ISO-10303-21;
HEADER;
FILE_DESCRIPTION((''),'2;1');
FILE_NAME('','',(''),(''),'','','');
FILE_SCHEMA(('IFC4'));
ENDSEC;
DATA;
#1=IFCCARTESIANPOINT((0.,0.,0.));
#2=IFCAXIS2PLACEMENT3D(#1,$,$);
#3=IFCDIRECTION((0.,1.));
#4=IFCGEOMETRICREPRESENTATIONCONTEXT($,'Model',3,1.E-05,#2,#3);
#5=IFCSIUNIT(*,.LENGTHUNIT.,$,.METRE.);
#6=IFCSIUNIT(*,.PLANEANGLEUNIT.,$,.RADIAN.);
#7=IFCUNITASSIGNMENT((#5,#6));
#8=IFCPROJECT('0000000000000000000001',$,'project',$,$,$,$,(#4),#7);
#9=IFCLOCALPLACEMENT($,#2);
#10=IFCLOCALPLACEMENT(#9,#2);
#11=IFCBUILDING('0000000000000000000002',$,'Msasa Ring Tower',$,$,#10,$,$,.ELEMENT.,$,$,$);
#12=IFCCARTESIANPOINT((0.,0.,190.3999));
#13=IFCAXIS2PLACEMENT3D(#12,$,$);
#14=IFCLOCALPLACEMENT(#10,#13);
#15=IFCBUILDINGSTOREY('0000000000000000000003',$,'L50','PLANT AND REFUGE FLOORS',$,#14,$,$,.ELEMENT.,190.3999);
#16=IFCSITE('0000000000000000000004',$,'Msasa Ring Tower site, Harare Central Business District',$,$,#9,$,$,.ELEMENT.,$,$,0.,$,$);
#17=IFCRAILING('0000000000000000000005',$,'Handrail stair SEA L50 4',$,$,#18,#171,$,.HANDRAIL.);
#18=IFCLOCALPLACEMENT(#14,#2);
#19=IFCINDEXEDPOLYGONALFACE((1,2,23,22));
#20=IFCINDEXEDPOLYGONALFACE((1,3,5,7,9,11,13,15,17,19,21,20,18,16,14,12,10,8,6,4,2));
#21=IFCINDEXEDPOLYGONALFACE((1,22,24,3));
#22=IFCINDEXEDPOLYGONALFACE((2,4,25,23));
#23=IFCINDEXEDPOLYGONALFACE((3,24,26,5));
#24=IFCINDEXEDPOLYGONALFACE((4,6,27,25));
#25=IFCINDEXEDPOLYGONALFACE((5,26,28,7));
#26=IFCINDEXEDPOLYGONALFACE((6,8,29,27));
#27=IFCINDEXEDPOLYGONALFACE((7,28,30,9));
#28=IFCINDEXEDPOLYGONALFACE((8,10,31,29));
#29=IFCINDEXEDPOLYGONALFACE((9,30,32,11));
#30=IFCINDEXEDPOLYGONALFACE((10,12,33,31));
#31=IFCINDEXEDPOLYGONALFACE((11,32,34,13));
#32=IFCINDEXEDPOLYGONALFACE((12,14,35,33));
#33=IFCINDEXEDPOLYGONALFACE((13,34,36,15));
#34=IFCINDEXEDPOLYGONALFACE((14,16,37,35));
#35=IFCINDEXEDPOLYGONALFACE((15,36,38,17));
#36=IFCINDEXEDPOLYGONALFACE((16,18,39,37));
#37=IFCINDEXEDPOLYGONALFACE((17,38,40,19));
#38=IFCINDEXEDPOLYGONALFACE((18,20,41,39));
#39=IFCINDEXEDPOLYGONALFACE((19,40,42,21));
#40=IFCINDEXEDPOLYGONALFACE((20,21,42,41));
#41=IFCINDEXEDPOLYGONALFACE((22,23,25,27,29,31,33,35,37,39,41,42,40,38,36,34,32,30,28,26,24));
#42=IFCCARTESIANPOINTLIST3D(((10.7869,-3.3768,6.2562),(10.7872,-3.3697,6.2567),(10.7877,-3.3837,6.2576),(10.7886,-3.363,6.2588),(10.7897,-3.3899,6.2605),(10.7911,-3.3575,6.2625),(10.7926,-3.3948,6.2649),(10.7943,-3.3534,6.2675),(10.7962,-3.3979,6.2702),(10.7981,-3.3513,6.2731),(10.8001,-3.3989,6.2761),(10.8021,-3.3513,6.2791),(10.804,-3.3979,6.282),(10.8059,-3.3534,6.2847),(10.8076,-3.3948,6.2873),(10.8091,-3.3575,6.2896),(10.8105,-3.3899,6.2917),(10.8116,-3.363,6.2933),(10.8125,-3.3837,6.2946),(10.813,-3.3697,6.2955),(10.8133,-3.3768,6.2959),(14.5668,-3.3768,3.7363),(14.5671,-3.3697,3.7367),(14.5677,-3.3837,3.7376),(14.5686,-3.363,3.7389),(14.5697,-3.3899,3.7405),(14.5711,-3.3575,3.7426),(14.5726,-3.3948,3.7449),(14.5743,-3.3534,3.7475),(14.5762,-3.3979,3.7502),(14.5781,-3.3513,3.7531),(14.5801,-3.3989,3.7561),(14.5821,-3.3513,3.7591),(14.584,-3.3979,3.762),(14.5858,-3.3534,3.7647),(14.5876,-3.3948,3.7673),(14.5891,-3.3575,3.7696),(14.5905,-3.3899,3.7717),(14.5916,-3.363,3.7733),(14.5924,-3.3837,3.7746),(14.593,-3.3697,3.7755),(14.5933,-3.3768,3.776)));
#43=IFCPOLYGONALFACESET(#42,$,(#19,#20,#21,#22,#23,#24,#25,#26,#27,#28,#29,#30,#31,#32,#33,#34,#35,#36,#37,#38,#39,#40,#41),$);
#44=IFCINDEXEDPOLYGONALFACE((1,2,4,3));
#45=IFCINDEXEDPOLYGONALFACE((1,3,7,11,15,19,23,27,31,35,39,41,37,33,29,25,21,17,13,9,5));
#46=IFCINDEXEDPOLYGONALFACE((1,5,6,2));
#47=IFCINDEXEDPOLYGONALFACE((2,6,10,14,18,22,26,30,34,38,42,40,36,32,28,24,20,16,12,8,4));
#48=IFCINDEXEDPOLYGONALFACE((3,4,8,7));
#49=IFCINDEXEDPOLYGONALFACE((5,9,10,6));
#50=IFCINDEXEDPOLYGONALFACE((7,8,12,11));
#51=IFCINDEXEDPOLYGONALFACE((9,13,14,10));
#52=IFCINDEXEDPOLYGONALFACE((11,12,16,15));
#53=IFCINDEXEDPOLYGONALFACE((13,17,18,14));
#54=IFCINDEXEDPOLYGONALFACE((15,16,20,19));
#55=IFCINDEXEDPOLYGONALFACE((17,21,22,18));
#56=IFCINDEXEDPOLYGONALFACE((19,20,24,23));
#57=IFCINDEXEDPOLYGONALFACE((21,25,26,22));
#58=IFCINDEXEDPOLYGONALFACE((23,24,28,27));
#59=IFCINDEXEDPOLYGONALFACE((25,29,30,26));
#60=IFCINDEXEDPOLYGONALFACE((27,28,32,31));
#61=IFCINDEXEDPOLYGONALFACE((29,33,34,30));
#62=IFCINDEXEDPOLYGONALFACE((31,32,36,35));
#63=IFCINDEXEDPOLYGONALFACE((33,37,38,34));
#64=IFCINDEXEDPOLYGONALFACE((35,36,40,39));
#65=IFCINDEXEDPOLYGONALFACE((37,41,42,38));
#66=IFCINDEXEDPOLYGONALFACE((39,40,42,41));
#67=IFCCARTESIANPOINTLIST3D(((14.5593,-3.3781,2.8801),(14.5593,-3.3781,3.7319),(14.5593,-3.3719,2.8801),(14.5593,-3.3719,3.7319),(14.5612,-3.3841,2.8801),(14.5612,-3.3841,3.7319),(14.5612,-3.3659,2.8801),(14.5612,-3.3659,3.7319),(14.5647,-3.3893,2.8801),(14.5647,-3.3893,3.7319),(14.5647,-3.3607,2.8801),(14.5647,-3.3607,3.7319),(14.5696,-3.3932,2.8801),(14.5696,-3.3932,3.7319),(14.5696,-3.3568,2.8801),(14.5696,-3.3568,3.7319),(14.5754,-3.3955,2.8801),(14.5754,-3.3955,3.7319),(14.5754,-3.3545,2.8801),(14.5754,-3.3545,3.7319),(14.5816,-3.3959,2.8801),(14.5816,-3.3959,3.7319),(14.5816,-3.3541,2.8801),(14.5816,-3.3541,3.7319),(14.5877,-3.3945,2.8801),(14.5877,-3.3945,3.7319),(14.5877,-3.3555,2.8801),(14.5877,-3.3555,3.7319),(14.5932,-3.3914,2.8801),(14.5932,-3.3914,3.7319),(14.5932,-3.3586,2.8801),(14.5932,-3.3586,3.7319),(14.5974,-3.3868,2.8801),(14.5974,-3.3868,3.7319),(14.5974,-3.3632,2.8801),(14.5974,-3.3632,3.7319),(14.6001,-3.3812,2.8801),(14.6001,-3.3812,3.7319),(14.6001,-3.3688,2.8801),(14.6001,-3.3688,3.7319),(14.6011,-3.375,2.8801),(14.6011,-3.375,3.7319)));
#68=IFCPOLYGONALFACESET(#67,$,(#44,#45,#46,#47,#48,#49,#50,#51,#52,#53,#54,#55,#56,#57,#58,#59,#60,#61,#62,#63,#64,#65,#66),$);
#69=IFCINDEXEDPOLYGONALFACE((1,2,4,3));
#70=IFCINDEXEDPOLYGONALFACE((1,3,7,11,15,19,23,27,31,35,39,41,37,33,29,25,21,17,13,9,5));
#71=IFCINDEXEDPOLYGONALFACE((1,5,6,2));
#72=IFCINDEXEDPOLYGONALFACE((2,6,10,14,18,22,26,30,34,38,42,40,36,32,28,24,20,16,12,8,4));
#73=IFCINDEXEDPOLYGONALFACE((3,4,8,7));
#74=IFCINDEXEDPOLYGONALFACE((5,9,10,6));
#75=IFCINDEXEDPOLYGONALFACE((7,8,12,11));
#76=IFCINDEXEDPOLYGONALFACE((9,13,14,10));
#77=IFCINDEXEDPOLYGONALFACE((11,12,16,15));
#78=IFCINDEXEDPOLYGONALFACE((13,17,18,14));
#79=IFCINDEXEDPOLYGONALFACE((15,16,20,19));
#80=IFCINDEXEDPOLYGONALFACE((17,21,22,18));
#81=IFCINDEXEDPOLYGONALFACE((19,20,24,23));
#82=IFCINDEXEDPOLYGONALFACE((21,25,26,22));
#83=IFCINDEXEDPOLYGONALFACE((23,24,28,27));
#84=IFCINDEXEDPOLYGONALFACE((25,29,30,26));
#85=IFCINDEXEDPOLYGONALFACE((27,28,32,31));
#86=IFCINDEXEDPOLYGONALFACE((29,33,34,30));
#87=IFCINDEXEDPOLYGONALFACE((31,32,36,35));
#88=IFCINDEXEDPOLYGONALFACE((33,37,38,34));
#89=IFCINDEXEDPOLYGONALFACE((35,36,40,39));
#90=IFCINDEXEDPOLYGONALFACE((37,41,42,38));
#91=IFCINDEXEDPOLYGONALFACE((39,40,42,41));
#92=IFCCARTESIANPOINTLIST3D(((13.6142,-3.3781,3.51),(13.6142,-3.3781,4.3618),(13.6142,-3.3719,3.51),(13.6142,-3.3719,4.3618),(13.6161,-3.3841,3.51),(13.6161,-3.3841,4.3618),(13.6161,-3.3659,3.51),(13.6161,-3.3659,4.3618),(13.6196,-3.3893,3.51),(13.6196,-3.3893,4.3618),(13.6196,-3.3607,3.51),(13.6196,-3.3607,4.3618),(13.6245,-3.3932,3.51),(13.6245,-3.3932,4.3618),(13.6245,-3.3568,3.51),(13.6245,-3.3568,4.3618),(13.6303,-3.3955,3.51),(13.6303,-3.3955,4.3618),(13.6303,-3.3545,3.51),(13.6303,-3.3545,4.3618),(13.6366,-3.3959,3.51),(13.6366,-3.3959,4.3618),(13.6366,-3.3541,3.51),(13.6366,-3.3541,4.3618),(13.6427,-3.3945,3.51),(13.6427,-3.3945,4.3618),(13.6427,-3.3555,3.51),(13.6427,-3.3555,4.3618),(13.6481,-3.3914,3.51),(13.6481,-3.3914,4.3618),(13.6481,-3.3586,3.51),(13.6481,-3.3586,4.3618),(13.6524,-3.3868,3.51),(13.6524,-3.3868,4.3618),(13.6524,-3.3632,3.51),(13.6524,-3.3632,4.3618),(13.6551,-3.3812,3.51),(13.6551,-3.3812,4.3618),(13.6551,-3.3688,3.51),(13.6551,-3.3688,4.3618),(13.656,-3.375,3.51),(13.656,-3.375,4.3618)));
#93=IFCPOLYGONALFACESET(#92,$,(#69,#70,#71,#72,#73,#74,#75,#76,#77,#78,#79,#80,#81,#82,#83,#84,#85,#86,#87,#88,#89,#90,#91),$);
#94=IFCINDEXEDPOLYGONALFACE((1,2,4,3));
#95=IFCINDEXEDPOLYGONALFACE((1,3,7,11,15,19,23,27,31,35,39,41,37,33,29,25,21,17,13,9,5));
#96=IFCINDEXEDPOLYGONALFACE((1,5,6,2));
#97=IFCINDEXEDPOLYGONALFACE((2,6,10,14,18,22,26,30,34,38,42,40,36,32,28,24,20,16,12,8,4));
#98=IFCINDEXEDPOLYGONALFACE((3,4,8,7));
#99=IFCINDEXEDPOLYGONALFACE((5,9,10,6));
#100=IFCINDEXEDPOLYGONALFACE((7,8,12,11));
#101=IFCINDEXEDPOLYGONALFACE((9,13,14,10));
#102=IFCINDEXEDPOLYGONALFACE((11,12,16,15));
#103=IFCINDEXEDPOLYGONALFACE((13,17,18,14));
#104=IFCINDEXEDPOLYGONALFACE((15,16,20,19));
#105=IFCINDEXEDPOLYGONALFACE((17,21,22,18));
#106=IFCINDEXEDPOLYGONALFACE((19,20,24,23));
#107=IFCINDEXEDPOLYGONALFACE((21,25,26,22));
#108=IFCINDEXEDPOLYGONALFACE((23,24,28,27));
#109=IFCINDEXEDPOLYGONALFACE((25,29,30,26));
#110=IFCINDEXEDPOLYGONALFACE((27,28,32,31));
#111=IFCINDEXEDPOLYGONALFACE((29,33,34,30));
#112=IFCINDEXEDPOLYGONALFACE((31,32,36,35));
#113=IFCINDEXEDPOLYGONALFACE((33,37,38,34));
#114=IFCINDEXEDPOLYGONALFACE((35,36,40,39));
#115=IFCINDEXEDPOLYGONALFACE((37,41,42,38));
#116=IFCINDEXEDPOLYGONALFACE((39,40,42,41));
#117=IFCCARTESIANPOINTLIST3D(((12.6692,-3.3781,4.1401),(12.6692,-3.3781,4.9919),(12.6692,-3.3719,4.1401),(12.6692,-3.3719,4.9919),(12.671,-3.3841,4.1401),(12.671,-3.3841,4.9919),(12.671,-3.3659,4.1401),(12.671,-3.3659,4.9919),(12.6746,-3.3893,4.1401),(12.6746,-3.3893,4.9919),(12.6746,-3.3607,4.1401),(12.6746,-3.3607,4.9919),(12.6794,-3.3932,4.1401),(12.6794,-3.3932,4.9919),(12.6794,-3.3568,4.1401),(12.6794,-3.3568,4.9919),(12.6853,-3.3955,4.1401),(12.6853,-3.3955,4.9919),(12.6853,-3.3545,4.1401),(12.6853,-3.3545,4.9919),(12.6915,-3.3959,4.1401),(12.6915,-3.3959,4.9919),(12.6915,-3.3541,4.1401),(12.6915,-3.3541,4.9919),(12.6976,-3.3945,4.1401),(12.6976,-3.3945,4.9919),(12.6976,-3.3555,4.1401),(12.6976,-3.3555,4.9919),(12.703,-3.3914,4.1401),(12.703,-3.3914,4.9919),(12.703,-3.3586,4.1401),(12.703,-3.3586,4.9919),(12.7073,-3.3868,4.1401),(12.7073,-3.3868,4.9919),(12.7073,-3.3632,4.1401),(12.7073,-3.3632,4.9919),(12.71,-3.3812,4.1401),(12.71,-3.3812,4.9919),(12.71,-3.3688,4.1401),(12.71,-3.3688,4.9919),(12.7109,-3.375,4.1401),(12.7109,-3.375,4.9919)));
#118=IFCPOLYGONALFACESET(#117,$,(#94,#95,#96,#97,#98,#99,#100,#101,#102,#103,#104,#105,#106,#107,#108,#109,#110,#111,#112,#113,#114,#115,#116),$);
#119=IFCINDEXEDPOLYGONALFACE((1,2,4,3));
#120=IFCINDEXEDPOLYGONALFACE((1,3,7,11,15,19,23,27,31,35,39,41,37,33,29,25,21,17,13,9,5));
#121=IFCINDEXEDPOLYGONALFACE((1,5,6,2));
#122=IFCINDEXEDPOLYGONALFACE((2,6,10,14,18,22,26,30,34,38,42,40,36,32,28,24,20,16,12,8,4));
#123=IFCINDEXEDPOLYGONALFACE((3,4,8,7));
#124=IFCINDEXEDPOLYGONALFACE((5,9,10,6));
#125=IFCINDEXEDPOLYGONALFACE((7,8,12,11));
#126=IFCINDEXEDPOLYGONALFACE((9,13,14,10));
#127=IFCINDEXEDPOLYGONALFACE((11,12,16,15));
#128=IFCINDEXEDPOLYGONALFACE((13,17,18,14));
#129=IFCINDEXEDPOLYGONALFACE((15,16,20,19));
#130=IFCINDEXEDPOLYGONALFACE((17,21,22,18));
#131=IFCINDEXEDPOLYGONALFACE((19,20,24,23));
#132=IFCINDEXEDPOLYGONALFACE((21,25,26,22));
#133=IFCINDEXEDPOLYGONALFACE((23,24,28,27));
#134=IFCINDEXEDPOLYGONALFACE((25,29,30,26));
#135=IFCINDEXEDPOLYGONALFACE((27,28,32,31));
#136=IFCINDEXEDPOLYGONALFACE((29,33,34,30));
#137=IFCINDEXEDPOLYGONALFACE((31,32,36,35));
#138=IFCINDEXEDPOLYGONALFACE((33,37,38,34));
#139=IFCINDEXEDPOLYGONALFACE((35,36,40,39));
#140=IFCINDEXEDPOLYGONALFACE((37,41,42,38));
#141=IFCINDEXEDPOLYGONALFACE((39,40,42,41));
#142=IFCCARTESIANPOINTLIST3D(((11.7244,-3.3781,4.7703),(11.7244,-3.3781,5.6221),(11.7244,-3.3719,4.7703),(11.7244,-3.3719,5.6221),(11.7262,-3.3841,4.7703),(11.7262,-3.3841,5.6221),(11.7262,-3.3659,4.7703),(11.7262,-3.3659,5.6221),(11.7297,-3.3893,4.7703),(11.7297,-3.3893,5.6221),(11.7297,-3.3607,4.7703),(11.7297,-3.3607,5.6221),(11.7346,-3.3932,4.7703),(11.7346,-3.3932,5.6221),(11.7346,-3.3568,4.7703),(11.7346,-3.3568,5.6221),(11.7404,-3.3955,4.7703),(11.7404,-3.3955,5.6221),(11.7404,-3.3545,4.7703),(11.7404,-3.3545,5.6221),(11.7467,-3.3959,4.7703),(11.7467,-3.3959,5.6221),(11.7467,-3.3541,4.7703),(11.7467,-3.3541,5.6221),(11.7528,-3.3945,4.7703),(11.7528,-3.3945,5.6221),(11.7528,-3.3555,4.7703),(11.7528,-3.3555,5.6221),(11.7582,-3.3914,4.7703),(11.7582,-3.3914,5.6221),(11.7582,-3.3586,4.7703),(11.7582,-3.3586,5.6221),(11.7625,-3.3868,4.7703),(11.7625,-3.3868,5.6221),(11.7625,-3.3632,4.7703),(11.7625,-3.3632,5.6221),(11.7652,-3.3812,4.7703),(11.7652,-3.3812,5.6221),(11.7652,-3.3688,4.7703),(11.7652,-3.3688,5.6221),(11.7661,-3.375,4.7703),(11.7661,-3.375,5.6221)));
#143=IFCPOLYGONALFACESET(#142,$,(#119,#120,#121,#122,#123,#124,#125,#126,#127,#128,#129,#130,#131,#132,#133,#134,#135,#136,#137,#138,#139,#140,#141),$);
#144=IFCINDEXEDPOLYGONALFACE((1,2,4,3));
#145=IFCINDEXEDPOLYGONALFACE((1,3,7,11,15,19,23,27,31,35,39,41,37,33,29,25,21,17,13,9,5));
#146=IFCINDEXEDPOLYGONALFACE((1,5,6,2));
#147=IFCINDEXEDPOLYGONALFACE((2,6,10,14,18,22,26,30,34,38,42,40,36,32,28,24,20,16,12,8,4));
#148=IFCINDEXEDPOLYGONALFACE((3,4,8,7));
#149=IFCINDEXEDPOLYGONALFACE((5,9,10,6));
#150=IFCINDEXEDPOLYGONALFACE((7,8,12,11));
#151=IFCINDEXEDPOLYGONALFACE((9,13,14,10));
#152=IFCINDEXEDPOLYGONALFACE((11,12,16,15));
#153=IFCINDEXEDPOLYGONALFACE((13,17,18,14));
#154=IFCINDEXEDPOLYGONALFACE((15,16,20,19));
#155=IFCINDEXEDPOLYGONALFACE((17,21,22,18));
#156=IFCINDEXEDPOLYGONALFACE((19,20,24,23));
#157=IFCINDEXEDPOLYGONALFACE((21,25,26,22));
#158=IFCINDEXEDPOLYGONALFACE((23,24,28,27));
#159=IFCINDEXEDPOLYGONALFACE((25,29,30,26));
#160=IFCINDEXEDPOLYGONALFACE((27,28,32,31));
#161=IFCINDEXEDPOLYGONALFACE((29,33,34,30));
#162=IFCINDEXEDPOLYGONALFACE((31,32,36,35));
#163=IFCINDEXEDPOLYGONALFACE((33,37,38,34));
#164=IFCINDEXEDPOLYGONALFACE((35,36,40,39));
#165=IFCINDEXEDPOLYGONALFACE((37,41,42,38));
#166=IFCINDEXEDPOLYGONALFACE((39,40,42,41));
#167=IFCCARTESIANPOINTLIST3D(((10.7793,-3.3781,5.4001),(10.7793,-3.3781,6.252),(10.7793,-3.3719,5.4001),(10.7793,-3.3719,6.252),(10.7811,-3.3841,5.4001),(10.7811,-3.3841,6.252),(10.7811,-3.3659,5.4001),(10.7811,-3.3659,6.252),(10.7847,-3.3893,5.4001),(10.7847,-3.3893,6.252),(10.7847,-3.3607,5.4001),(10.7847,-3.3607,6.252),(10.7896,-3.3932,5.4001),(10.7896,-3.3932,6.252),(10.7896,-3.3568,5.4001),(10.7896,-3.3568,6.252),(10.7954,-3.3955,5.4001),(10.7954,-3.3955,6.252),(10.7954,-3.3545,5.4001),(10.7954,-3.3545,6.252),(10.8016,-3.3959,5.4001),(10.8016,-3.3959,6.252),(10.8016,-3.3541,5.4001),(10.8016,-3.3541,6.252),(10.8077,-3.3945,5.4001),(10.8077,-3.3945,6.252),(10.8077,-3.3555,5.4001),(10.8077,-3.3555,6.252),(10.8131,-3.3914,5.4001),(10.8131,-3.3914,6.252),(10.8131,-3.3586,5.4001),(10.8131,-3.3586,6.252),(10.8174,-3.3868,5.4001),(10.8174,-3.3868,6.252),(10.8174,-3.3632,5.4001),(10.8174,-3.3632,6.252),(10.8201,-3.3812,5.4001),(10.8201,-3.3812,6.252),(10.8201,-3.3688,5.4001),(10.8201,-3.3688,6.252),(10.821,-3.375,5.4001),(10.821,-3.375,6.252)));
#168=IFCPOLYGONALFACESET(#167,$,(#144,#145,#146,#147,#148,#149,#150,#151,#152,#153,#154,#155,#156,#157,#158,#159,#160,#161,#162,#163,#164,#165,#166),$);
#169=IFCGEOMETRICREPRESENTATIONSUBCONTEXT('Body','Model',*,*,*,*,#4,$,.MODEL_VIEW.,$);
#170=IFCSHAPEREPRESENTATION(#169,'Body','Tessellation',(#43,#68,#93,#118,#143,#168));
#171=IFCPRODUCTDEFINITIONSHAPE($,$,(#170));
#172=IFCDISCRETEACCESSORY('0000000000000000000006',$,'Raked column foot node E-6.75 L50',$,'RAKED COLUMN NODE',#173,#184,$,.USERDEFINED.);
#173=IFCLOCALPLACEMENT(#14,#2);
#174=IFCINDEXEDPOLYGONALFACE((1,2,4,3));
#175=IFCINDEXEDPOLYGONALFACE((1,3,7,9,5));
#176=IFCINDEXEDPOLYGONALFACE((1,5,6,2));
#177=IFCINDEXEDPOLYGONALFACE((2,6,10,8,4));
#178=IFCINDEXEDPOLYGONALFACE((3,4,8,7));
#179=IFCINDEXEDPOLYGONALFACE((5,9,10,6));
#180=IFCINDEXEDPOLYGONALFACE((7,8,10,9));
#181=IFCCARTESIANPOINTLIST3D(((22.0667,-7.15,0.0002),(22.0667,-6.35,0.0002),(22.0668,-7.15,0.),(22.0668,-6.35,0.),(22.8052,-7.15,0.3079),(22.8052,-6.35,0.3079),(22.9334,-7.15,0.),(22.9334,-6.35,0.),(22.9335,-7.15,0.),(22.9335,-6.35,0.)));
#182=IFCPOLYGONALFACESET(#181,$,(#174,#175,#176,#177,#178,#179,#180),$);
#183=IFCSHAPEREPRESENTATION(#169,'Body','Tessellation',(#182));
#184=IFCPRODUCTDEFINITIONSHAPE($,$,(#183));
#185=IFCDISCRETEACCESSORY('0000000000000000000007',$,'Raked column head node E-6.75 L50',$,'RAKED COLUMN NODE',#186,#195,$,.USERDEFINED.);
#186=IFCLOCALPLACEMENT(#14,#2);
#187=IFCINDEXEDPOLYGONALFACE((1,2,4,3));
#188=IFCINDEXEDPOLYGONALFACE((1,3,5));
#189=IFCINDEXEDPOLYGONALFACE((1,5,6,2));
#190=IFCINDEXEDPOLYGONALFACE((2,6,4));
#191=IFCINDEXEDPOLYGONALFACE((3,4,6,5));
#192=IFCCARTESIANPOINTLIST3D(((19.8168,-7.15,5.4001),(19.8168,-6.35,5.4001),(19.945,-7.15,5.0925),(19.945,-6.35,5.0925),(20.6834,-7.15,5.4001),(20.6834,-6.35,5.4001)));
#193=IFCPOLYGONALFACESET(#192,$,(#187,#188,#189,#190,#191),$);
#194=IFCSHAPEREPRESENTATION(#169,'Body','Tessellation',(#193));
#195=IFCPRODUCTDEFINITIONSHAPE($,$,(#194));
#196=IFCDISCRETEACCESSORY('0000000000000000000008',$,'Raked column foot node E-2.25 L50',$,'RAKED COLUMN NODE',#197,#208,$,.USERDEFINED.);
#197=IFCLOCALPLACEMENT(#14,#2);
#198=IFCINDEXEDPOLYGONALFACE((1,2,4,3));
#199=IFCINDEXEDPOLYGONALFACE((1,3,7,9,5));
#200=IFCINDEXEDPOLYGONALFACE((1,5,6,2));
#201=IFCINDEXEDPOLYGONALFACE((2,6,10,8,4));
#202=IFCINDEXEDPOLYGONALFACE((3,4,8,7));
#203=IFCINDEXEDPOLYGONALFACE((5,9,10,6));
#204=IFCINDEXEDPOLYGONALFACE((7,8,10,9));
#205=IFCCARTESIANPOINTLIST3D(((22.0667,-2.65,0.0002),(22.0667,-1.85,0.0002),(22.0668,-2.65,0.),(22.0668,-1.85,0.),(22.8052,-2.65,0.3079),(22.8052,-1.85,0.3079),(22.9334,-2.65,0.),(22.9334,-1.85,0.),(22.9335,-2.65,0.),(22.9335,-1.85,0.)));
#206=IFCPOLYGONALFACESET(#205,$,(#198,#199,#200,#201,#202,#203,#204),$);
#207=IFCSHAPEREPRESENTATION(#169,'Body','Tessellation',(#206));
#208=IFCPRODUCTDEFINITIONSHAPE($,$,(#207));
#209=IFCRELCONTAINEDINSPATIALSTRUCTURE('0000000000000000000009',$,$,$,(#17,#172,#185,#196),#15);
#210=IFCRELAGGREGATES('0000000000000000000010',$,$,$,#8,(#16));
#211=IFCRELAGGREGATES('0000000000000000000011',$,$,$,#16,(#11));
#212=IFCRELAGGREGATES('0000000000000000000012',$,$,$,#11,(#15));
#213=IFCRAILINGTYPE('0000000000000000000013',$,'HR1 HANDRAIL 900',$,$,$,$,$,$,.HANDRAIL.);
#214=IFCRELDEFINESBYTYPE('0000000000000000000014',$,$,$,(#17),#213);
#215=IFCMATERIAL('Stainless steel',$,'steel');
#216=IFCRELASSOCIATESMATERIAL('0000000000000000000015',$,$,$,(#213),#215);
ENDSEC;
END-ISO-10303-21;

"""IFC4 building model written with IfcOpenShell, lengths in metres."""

from ifc_helpers import new_model, si_unit, direction, frame, origin, origin_2d, place, context, subcontext, project, spatial, rectangle, circle, extrude, clip, halfspace, material, type_object, element, save


model = new_model("IFC4")

# Units and contexts
model_context = context("Model", 3, precision=1e-05, world=origin(), true_north=direction((0.0, 1.0)))
body_context = subcontext(model_context, "Body", "Model", "MODEL_VIEW")
ifc_project = project(units=[si_unit("LENGTHUNIT", "METRE"), si_unit("PLANEANGLEUNIT", "RADIAN")], contexts=[model_context])

# Site, building, storey
site_placement = place(None, origin())
site = spatial("IfcSite", under=ifc_project, at=site_placement, Name="Msasa Ring Tower site, Harare Central Business District", CompositionType="ELEMENT", RefElevation=0.0)
building_placement = place(site_placement, origin())
building = spatial("IfcBuilding", under=site, at=building_placement, Name="Msasa Ring Tower", CompositionType="ELEMENT")
storey_placement = place(building_placement, frame((0.0, 0.0, 190.3999)))
storey = spatial("IfcBuildingStorey", under=building, at=storey_placement, Name="L50", Description="PLANT AND REFUGE FLOORS", CompositionType="ELEMENT", Elevation=190.3999)

# Railing
ifc_material_1 = material(Name="Stainless steel", Category="steel")
railing_type = type_object("IfcRailingType", Name="HR1 HANDRAIL 900", PredefinedType="HANDRAIL", material=ifc_material_1)
for number, where, name in (
    (1, (14.5801, -3.375, 2.8801), "Handrail stair SEA L50 4"),
):
    element("IfcRailing", number, at=place(storey_placement, frame(where)), inside=storey, type_object=railing_type, Name=name, PredefinedType="HANDRAIL", context=body_context, shape_type="SweptSolid", body=[
        extrude(circle(Radius=0.0239, at=origin_2d()), frame((0.0, 0.0, 0.876), z_axis=(-0.83205, 0.0, 0.5547), x_axis=(0.0, -1.0, 0.0)), (0.0, 0.0, 1.0), 4.543),
        extrude(circle(Radius=0.021, at=origin_2d()), origin(), (0.0, 0.0, 1.0), 0.8518),
        extrude(circle(Radius=0.021, at=origin_2d()), frame((-0.9451, 0.0, 0.6299)), (0.0, 0.0, 1.0), 0.8518),
        extrude(circle(Radius=0.021, at=origin_2d()), frame((-1.8901, 0.0, 1.26)), (0.0, 0.0, 1.0), 0.8518),
        extrude(circle(Radius=0.021, at=origin_2d()), frame((-2.835, 0.0, 1.8901)), (0.0, 0.0, 1.0), 0.8518),
        extrude(circle(Radius=0.021, at=origin_2d()), frame((-3.78, 0.0, 2.52)), (0.0, 0.0, 1.0), 0.8518),
    ])

# Discrete accessories
discrete_accessory_1_placement = place(storey_placement, frame((22.5, -6.75, 0.0)))
element("IfcDiscreteAccessory", 2, at=discrete_accessory_1_placement, inside=storey, Name="Raked column foot node E-6.75 L50", ObjectType="RAKED COLUMN NODE", PredefinedType="USERDEFINED", context=body_context, shape_type="Clipping", body=[
    clip(extrude(rectangle(XDim=0.8, YDim=0.8, at=origin_2d()), frame((0.0642, 0.0, -0.1538), z_axis=(-0.384615, 0.0, 0.923077), x_axis=(0.0, -1.0, 0.0)), (0.0, 0.0, 1.0), 0.3335), halfspace(frame((0.0, 0.0, 0.0), z_axis=(0.0, 0.0, 1.0)), True)),
])
discrete_accessory_2_placement = place(storey_placement, frame((20.25, -6.75, 5.4001)))
element("IfcDiscreteAccessory", 3, at=discrete_accessory_2_placement, inside=storey, Name="Raked column head node E-6.75 L50", ObjectType="RAKED COLUMN NODE", PredefinedType="USERDEFINED", context=body_context, shape_type="Clipping", body=[
    clip(extrude(rectangle(XDim=0.8, YDim=0.8, at=origin_2d()), frame((0.0642, 0.0, -0.1538), z_axis=(-0.384615, 0.0, 0.923077), x_axis=(0.0, -1.0, 0.0)), (0.0, 0.0, 1.0), 0.3335), halfspace(frame((0.0, 0.0, 0.0), z_axis=(0.0, 0.0, -1.0)), True)),
])
discrete_accessory_3_placement = place(storey_placement, frame((22.5, -2.25, 0.0)))
element("IfcDiscreteAccessory", 4, at=discrete_accessory_3_placement, inside=storey, Name="Raked column foot node E-2.25 L50", ObjectType="RAKED COLUMN NODE", PredefinedType="USERDEFINED", context=body_context, shape_type="Clipping", body=[
    clip(extrude(rectangle(XDim=0.8, YDim=0.8, at=origin_2d()), frame((0.0642, 0.0, -0.1538), z_axis=(-0.384615, 0.0, 0.923077), x_axis=(0.0, -1.0, 0.0)), (0.0, 0.0, 1.0), 0.3335), halfspace(frame((0.0, 0.0, 0.0), z_axis=(0.0, 0.0, 1.0)), True)),
])

save(model, "model.ifc")
